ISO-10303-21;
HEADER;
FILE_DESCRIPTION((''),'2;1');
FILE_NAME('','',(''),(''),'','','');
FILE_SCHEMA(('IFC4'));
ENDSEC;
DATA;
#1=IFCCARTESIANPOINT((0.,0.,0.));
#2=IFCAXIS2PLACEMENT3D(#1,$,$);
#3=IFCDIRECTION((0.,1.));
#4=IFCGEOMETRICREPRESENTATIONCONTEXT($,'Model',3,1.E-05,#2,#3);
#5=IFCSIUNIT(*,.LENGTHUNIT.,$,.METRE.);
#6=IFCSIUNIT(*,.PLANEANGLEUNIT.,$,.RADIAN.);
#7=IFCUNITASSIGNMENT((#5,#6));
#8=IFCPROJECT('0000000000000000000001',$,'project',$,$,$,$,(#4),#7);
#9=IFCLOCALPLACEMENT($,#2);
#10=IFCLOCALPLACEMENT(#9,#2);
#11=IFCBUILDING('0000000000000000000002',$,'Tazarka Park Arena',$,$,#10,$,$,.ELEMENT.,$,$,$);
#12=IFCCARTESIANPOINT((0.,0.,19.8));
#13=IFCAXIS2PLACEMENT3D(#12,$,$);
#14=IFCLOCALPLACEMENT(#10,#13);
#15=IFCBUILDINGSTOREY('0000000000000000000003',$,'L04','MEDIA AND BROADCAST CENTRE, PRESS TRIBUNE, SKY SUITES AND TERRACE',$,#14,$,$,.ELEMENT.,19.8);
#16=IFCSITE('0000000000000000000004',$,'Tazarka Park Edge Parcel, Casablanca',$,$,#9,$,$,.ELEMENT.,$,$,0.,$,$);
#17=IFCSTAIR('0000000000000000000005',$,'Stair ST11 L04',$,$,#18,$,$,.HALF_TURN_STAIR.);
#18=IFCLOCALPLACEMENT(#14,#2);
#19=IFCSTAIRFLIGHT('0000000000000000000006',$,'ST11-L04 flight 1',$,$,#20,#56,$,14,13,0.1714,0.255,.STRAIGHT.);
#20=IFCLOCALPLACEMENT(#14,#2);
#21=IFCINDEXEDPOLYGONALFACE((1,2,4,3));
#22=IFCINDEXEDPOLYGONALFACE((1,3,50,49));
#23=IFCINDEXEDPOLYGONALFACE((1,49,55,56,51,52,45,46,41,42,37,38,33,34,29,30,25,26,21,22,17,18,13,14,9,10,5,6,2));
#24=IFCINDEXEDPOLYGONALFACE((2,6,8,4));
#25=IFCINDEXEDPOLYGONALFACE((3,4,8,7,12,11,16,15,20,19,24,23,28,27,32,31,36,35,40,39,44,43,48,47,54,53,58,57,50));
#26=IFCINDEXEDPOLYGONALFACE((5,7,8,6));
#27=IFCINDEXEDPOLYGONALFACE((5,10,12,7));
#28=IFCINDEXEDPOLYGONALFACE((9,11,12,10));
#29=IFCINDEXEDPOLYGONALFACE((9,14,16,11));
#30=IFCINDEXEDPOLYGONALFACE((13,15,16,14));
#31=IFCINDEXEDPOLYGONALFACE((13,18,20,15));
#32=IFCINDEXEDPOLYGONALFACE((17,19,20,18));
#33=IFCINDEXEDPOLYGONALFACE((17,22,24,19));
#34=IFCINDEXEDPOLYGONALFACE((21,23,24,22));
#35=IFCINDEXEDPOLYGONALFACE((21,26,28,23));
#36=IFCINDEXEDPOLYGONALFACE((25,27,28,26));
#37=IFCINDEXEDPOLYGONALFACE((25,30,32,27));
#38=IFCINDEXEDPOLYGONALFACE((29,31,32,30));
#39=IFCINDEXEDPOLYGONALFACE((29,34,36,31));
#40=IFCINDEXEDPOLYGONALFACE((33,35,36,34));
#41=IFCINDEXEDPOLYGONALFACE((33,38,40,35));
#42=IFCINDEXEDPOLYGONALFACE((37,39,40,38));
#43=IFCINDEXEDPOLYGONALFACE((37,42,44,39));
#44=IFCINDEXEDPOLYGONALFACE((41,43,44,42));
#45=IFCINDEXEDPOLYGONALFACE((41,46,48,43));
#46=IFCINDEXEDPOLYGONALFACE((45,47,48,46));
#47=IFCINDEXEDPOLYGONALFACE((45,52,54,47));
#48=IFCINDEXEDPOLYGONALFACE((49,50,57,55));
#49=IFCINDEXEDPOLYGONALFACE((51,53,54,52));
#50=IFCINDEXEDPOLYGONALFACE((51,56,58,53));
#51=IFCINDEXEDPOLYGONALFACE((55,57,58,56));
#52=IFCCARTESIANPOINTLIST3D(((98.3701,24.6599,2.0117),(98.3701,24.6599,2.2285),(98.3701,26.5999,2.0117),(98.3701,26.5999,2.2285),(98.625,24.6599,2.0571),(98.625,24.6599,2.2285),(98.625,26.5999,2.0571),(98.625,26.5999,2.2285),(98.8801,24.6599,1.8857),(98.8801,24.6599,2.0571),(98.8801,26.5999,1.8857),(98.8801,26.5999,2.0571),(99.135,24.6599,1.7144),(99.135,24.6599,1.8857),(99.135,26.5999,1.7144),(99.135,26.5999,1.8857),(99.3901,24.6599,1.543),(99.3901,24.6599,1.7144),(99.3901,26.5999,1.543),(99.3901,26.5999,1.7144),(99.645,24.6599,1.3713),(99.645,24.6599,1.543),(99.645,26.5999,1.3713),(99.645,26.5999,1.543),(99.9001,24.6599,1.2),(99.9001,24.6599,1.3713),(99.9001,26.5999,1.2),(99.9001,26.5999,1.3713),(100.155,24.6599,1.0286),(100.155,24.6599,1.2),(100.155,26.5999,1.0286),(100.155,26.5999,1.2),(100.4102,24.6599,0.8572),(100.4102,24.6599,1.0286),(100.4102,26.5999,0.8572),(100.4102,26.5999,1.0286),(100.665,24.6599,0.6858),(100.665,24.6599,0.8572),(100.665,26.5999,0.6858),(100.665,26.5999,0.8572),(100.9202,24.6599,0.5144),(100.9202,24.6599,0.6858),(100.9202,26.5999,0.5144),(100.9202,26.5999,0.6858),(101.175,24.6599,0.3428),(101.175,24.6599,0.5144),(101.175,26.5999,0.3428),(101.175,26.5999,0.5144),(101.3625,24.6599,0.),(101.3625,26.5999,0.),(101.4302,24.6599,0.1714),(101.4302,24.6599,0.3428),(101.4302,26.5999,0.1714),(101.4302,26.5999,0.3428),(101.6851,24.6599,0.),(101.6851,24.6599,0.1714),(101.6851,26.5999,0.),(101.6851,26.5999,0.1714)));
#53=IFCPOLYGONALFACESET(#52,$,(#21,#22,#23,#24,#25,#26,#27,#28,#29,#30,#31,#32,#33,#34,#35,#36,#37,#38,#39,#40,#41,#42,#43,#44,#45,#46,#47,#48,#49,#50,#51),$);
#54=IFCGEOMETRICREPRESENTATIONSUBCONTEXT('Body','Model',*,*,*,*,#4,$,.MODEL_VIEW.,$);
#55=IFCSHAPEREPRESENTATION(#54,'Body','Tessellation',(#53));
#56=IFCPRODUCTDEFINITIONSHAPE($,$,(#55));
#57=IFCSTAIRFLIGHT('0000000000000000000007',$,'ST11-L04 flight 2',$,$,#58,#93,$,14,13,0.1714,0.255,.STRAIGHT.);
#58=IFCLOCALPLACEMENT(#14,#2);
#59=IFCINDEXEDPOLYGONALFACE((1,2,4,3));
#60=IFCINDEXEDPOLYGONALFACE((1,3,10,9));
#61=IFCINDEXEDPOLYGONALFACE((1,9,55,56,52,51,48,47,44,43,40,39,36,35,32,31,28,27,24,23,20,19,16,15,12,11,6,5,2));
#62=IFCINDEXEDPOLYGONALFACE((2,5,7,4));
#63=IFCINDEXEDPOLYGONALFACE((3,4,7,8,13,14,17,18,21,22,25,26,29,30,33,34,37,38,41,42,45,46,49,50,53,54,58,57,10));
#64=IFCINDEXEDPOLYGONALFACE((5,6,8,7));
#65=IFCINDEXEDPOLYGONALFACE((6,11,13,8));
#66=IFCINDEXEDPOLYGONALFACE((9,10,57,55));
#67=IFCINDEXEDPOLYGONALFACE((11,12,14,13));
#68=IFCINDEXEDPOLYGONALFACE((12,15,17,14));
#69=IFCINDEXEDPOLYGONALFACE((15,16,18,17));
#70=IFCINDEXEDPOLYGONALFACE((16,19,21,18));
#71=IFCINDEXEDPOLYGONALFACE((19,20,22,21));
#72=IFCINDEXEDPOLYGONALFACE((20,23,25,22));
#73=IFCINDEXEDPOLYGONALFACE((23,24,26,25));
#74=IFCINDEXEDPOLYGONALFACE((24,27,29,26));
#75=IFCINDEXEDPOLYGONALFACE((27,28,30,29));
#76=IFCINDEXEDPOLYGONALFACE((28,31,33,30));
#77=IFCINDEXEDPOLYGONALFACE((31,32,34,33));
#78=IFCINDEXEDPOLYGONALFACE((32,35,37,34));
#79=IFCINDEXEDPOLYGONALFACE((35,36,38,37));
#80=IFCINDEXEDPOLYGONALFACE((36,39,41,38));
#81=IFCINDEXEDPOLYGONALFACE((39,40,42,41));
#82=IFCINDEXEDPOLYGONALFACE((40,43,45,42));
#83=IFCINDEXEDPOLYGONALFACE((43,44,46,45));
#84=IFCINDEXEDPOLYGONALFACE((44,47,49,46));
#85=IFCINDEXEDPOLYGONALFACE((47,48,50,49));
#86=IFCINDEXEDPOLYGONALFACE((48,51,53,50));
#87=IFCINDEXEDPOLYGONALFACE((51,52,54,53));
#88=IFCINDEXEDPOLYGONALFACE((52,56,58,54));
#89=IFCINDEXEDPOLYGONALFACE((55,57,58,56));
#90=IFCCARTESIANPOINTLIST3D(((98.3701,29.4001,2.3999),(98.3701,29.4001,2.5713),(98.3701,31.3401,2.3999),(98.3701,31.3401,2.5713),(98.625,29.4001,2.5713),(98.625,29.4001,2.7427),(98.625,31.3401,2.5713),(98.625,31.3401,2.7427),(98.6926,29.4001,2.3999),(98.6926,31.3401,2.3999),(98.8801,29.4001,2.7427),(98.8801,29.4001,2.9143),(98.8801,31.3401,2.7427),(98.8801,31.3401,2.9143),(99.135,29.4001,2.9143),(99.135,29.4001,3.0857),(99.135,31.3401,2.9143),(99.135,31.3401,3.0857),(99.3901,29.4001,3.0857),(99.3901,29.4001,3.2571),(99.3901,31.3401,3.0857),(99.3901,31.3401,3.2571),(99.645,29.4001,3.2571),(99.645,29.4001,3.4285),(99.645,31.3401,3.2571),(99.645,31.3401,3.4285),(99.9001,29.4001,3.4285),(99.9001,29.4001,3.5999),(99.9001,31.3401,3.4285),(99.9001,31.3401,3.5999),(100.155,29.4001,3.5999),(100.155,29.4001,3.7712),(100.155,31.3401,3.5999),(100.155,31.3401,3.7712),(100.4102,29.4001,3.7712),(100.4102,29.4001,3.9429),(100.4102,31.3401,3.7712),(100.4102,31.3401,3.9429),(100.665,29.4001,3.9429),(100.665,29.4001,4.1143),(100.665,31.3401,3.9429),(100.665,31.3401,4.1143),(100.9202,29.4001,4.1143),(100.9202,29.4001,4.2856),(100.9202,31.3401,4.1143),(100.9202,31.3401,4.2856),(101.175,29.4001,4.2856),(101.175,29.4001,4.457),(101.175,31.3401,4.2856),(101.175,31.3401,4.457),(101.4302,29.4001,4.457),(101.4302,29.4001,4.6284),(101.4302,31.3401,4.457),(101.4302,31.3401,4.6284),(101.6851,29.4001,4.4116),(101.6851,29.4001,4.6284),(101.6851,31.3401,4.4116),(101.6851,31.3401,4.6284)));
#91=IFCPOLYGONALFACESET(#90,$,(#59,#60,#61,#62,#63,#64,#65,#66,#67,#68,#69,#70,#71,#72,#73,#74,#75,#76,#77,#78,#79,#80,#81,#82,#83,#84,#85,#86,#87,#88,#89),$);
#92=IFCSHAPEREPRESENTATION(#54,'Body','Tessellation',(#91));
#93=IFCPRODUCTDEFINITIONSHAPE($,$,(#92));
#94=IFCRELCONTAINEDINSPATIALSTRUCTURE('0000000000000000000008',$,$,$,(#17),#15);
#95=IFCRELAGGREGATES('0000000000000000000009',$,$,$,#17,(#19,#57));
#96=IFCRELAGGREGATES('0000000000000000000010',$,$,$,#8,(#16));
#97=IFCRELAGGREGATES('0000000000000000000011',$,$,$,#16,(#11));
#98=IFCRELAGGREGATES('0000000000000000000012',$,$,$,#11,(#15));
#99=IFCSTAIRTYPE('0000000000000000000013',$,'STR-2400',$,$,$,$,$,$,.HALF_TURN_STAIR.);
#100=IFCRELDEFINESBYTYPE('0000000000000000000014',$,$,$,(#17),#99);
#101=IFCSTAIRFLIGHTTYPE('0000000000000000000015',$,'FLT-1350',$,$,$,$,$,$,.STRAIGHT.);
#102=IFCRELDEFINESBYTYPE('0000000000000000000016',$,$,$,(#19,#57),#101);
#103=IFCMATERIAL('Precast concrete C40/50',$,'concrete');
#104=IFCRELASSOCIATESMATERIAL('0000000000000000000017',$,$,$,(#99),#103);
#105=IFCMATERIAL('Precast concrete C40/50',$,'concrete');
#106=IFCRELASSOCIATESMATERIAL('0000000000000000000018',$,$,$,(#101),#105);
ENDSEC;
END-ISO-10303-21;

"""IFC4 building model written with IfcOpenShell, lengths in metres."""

from ifc_helpers import new_model, si_unit, direction, frame, origin, place, context, subcontext, project, spatial, polyline, outline, extrude, material, type_object, element, aggregate, save


model = new_model("IFC4")

# Units and contexts
model_context = context("Model", 3, precision=1e-05, world=origin(), true_north=direction((0.0, 1.0)))
body_context = subcontext(model_context, "Body", "Model", "MODEL_VIEW")
ifc_project = project(units=[si_unit("LENGTHUNIT", "METRE"), si_unit("PLANEANGLEUNIT", "RADIAN")], contexts=[model_context])

# Site, building, storey
site_placement = place(None, origin())
site = spatial("IfcSite", under=ifc_project, at=site_placement, Name="Tazarka Park Edge Parcel, Casablanca", CompositionType="ELEMENT", RefElevation=0.0)
building_placement = place(site_placement, origin())
building = spatial("IfcBuilding", under=site, at=building_placement, Name="Tazarka Park Arena", CompositionType="ELEMENT")
storey_placement = place(building_placement, frame((0.0, 0.0, 19.8)))
storey = spatial("IfcBuildingStorey", under=building, at=storey_placement, Name="L04", Description="MEDIA AND BROADCAST CENTRE, PRESS TRIBUNE, SKY SUITES AND TERRACE", CompositionType="ELEMENT", Elevation=19.8)

# Stair, stair flights
ifc_material_1 = material(Name="Precast concrete C40/50", Category="concrete")
stair_type = type_object("IfcStairType", Name="STR-2400", PredefinedType="HALF_TURN_STAIR", material=ifc_material_1)
stair_placement = place(storey_placement, origin())
stair = element("IfcStair", 1, at=stair_placement, inside=storey, type_object=stair_type, Name="Stair ST11 L04", PredefinedType="HALF_TURN_STAIR")
ifc_material_2 = material(Name="Precast concrete C40/50", Category="concrete")
stair_flight_type = type_object("IfcStairFlightType", Name="FLT-1350", PredefinedType="STRAIGHT", material=ifc_material_2)
stair_flight_1_placement = place(storey_placement, frame((101.6851, 25.6299, 0.0), z_axis=(0.0, 0.0, 1.0), x_axis=(-1.0, 0.0, 0.0)))
stair_flight_1 = element("IfcStairFlight", 2, at=stair_flight_1_placement, type_object=stair_flight_type, Name="ST11-L04 flight 1", NumberOfRisers=14, NumberOfTreads=13, PredefinedType="STRAIGHT", RiserHeight=0.1714, TreadLength=0.255, context=body_context, shape_type="SweptSolid", body=[
    extrude(outline(polyline([(0.0, 0.0), (0.0, 0.1714), (0.2549, 0.1714), (0.2549, 0.3428), (0.51, 0.3428), (0.51, 0.5144), (0.7649, 0.5144), (0.7649, 0.6858), (1.02, 0.6858), (1.02, 0.8572), (1.2749, 0.8572), (1.2749, 1.0286), (1.53, 1.0286), (1.53, 1.2), (1.7849, 1.2), (1.7849, 1.3713), (2.04, 1.3713), (2.04, 1.543), (2.2949, 1.543), (2.2949, 1.7144), (2.55, 1.7144), (2.55, 1.8857), (2.8049, 1.8857), (2.8049, 2.0571), (3.0601, 2.0571), (3.0601, 2.2285), (3.3149, 2.2285), (3.3149, 2.3999), (3.3149, 2.0117), (0.3225, 0.0), (0.0, 0.0)])), frame((0.0, 0.97, 0.0), z_axis=(0.0, -1.0, 0.0), x_axis=(1.0, 0.0, 0.0)), (0.0, 0.0, 1.0), 1.9399),
])
stair_flight_2_placement = place(storey_placement, frame((98.3701, 30.3701, 2.3999), z_axis=(0.0, 0.0, 1.0), x_axis=(1.0, 0.0, 0.0)))
stair_flight_2 = element("IfcStairFlight", 3, at=stair_flight_2_placement, type_object=stair_flight_type, Name="ST11-L04 flight 2", NumberOfRisers=14, NumberOfTreads=13, PredefinedType="STRAIGHT", RiserHeight=0.1714, TreadLength=0.255, context=body_context, shape_type="SweptSolid", body=[
    extrude(outline(polyline([(0.0, 0.0), (0.0, 0.1714), (0.2549, 0.1714), (0.2549, 0.3428), (0.51, 0.3428), (0.51, 0.5144), (0.7649, 0.5144), (0.7649, 0.6858), (1.02, 0.6858), (1.02, 0.8572), (1.2749, 0.8572), (1.2749, 1.0286), (1.53, 1.0286), (1.53, 1.2), (1.7849, 1.2), (1.7849, 1.3713), (2.04, 1.3713), (2.04, 1.543), (2.2949, 1.543), (2.2949, 1.7144), (2.55, 1.7144), (2.55, 1.8857), (2.8049, 1.8857), (2.8049, 2.0571), (3.0601, 2.0571), (3.0601, 2.2285), (3.3149, 2.2285), (3.3149, 2.3999), (3.3149, 2.0117), (0.3225, 0.0), (0.0, 0.0)])), frame((0.0, 0.97, 0.0), z_axis=(0.0, -1.0, 0.0), x_axis=(1.0, 0.0, 0.0)), (0.0, 0.0, 1.0), 1.9399),
])
aggregate(stair, [stair_flight_1, stair_flight_2])

save(model, "model.ifc")
